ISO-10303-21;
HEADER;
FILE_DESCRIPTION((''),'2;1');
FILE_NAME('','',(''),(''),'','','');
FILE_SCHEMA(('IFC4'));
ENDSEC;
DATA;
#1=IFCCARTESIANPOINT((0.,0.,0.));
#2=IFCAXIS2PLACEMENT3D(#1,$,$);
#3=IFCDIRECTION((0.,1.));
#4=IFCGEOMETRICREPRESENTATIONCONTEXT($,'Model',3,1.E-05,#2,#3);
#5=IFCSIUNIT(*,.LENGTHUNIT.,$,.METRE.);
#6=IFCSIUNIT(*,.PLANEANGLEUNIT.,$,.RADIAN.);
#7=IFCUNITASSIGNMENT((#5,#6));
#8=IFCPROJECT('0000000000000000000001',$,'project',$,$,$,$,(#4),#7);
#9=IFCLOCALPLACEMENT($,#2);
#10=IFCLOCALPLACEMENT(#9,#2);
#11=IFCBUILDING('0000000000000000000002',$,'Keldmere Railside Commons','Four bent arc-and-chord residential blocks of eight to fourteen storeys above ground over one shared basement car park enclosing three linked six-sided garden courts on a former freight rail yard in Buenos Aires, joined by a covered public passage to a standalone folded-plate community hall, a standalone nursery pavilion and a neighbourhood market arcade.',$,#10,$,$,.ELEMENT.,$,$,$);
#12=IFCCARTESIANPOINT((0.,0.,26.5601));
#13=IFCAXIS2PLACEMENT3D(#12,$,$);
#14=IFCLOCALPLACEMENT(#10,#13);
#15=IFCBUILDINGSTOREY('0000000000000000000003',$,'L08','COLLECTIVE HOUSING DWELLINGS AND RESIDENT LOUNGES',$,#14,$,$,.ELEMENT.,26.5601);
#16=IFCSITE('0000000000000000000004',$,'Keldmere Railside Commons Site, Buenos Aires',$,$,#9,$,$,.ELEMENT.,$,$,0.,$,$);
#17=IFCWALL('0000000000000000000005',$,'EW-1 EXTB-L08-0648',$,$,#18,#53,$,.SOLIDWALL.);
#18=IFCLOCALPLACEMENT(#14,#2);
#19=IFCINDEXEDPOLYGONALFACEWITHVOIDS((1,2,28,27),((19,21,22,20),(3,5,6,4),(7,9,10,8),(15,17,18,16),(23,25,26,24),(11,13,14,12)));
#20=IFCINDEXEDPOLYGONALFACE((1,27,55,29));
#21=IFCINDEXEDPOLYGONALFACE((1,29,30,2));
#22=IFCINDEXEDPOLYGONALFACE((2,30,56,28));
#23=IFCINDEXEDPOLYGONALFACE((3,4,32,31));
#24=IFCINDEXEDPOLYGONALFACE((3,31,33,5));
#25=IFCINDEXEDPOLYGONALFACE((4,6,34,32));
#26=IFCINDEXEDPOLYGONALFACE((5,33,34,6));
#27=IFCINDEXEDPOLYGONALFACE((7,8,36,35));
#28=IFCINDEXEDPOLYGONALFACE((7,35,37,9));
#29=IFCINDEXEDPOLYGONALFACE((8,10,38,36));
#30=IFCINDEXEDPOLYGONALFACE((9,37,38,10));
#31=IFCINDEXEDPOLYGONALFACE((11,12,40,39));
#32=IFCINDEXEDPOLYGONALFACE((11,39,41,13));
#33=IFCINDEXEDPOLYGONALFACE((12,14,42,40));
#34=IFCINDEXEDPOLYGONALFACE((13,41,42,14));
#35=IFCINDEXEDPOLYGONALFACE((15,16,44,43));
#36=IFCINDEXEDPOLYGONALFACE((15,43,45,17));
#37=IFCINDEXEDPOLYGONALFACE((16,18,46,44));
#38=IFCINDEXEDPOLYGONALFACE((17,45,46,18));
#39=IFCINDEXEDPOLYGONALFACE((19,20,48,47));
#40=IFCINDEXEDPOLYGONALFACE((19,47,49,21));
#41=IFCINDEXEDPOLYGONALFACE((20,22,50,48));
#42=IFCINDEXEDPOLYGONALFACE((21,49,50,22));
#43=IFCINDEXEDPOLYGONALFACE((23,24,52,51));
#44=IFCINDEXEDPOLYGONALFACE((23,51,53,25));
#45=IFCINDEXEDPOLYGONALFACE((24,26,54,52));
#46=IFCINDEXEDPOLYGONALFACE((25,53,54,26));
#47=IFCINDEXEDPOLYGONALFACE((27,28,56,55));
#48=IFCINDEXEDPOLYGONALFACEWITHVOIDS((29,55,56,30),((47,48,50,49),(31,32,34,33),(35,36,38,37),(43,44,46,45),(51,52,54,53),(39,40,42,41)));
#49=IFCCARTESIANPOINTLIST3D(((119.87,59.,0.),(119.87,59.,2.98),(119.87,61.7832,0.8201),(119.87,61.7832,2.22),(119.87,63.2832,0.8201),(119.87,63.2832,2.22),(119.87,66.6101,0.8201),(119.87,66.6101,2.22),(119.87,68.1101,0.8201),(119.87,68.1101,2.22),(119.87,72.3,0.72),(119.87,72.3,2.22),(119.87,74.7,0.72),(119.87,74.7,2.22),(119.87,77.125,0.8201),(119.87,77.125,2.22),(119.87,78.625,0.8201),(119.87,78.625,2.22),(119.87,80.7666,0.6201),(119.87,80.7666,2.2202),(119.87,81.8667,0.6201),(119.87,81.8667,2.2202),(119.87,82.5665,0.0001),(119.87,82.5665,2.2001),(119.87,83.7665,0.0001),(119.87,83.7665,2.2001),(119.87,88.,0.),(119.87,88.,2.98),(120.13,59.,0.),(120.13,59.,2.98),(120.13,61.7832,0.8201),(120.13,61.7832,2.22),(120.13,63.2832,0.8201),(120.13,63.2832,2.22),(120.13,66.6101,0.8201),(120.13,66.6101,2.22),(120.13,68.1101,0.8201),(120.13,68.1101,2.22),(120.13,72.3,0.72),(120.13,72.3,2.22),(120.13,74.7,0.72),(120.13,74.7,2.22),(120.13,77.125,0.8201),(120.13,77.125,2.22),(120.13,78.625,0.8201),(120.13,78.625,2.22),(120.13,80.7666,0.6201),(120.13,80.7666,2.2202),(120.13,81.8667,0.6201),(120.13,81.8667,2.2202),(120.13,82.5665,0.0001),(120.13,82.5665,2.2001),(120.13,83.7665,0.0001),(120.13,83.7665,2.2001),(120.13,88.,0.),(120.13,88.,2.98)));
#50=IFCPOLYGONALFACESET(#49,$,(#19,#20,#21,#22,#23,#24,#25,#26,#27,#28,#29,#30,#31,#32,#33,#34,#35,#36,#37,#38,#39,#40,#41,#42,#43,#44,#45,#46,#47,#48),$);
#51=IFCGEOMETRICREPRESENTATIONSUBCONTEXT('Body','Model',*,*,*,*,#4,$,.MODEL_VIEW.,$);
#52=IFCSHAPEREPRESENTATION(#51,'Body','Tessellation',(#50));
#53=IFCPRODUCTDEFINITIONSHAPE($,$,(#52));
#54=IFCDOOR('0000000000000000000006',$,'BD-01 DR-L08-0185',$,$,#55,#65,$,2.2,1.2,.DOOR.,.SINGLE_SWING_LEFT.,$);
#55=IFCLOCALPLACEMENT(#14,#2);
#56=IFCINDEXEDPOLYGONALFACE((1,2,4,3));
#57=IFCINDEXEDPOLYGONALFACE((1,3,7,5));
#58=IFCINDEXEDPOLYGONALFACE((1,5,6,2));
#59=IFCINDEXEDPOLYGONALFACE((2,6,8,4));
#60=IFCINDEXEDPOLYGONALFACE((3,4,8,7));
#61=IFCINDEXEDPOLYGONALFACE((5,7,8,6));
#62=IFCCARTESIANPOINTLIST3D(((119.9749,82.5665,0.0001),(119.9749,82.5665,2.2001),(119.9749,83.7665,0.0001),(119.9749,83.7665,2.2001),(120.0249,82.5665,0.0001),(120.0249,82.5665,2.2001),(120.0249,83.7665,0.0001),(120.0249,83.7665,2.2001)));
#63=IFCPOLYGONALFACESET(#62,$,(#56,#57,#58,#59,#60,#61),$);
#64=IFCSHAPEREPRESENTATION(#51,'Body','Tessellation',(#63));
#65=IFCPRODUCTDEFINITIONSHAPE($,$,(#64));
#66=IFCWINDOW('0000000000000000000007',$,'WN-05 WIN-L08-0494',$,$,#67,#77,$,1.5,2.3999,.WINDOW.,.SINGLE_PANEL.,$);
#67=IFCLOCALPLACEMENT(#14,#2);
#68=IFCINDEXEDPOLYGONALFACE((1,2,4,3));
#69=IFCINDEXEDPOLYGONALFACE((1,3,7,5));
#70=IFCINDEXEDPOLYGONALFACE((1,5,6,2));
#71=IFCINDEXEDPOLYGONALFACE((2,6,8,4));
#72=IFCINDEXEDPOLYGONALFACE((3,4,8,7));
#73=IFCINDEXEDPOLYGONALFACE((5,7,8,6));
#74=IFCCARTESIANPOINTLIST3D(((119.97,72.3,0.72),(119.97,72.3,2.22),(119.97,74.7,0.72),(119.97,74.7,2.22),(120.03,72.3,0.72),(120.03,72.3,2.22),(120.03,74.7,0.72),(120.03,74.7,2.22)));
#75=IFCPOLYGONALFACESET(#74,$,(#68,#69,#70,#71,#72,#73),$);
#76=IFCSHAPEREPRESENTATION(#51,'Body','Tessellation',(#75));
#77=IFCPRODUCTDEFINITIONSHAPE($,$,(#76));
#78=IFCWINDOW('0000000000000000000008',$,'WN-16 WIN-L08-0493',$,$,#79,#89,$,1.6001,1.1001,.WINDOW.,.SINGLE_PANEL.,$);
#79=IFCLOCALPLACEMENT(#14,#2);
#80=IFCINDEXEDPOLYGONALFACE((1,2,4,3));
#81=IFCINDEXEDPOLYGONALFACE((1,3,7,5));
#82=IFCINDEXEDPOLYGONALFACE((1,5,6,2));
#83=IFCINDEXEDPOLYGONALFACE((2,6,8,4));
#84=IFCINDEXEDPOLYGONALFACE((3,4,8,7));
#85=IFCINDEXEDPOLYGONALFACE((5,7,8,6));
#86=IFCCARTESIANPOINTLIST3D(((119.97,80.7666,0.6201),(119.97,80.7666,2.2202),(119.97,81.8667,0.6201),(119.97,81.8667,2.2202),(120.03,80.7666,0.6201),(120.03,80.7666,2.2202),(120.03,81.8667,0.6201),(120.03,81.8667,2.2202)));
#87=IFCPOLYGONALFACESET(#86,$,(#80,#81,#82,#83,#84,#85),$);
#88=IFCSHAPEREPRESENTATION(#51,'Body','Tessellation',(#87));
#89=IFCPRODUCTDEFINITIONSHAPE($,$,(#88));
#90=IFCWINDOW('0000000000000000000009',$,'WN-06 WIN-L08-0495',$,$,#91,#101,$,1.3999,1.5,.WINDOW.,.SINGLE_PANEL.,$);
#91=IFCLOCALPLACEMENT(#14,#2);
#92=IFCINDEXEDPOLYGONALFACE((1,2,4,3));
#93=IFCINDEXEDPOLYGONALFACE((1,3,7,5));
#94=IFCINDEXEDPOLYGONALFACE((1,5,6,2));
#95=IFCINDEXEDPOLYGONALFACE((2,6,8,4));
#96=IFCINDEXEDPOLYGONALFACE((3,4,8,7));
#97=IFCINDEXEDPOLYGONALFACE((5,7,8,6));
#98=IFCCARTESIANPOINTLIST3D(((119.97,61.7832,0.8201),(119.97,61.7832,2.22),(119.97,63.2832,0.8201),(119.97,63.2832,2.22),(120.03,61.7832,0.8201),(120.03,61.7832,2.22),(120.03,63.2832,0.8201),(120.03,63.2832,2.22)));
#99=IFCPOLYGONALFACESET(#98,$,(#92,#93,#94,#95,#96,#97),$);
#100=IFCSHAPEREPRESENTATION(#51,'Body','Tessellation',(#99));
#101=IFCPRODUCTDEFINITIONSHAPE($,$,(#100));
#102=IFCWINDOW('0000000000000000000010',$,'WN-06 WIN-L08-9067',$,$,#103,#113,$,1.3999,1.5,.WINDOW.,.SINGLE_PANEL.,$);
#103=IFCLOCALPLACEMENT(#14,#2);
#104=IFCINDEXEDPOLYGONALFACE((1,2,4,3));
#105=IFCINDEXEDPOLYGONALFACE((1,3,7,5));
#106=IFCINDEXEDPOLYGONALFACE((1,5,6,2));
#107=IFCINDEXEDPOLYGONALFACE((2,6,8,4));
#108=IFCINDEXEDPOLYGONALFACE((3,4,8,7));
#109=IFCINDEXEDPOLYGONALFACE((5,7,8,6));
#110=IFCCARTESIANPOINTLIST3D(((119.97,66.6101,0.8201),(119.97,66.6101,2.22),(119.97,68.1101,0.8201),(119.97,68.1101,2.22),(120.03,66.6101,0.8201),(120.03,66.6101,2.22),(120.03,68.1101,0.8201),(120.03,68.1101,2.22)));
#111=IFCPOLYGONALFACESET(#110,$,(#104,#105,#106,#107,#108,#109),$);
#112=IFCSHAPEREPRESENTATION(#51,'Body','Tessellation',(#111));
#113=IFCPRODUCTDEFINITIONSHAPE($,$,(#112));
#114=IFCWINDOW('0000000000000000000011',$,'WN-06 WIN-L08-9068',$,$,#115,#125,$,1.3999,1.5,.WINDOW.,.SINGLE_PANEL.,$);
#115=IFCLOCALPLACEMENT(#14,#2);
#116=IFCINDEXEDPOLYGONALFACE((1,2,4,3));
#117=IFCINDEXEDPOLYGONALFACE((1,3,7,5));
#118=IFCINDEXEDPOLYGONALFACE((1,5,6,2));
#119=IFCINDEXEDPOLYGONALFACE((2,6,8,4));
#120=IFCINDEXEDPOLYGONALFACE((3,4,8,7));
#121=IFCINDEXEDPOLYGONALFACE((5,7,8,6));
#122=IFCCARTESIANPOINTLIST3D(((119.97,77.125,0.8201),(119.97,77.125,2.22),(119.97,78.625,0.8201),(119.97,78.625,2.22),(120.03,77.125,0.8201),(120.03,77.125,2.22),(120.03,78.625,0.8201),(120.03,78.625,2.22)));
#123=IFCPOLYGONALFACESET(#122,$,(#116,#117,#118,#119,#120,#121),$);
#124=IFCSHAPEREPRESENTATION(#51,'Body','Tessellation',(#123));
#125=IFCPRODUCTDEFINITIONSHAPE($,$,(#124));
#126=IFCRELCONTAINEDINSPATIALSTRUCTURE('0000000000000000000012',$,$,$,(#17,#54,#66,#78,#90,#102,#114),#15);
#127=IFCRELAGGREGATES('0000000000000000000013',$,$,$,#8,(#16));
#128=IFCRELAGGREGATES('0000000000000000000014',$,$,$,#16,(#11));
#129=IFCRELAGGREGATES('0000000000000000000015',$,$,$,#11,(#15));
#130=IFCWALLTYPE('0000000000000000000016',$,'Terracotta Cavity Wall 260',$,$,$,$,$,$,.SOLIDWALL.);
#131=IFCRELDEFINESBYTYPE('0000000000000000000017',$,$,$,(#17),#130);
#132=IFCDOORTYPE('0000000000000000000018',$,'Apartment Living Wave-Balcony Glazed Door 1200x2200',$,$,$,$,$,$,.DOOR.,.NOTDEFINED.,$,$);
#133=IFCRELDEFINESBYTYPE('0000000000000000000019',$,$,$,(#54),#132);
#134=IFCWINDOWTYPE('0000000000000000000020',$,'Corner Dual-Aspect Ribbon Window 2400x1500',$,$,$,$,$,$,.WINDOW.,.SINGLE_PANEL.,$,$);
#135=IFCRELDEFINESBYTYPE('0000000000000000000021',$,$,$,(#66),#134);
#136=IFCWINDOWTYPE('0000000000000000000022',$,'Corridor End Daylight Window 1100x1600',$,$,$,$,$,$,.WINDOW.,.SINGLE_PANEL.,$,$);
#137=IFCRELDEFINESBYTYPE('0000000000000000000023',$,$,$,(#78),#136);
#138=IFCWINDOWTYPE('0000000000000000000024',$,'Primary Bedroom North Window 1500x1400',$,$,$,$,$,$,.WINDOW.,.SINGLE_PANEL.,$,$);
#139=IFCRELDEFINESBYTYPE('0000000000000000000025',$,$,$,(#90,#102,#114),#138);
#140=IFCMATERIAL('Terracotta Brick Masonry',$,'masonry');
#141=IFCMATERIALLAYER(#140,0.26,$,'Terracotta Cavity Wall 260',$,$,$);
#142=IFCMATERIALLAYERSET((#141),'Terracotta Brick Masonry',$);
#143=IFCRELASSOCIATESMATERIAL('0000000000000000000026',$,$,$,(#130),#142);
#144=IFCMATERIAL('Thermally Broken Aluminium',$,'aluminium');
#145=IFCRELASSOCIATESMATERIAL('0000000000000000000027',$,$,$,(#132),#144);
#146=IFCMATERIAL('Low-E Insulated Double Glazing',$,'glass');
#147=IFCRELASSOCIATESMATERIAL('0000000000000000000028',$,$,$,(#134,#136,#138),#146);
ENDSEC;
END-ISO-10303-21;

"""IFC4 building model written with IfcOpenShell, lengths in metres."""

from ifc_helpers import new_model, si_unit, direction, frame, frame_2d, origin, place, context, subcontext, project, spatial, rectangle, extrude, material, layer, layer_set, type_object, element, fill, save


model = new_model("IFC4")

# Units and contexts
model_context = context("Model", 3, precision=1e-05, world=origin(), true_north=direction((0.0, 1.0)))
body_context = subcontext(model_context, "Body", "Model", "MODEL_VIEW")
ifc_project = project(units=[si_unit("LENGTHUNIT", "METRE"), si_unit("PLANEANGLEUNIT", "RADIAN")], contexts=[model_context])

# Site, building, storey
site_placement = place(None, origin())
site = spatial("IfcSite", under=ifc_project, at=site_placement, Name="Keldmere Railside Commons Site, Buenos Aires", CompositionType="ELEMENT", RefElevation=0.0)
building_placement = place(site_placement, origin())
building = spatial("IfcBuilding", under=site, at=building_placement, Name="Keldmere Railside Commons", Description="Four bent arc-and-chord residential blocks of eight to fourteen storeys above ground over one shared basement car park enclosing three linked six-sided garden courts on a former freight rail yard in Buenos Aires, joined by a covered public passage to a standalone folded-plate community hall, a standalone nursery pavilion and a neighbourhood market arcade.", CompositionType="ELEMENT")
storey_placement = place(building_placement, frame((0.0, 0.0, 26.5601)))
storey = spatial("IfcBuildingStorey", under=building, at=storey_placement, Name="L08", Description="COLLECTIVE HOUSING DWELLINGS AND RESIDENT LOUNGES", CompositionType="ELEMENT", Elevation=26.5601)

# Shared definitions
ifc_material_1 = material(Name="Thermally Broken Aluminium", Category="aluminium")
ifc_material_2 = material(Name="Low-E Insulated Double Glazing", Category="glass")

# Wall, openings, door, windows
ifc_material_3 = material(Name="Terracotta Brick Masonry", Category="masonry")
ifc_layer_1 = layer(ifc_material_3, 0.26, Name="Terracotta Cavity Wall 260")
ifc_layer_set_1 = layer_set([ifc_layer_1], Name="Terracotta Brick Masonry")
wall_type_1 = type_object("IfcWallType", Name="Terracotta Cavity Wall 260", PredefinedType="SOLIDWALL", material=ifc_layer_set_1)
wall_1_placement = place(storey_placement, frame((120.0, 88.0, 0.0), z_axis=(0.0, 0.0, 1.0), x_axis=(0.0, -1.0, 0.0)))
wall_1 = element("IfcWall", 1, at=wall_1_placement, inside=storey, type_object=wall_type_1, Name="EW-1 EXTB-L08-0648", PredefinedType="SOLIDWALL", context=body_context, shape_type="SweptSolid", body=[
    extrude(rectangle(XDim=29.0, YDim=0.26, at=frame_2d((14.5, 0.0))), origin(), (0.0, 0.0, 1.0), 2.98),
])
opening_1_placement = place(wall_1_placement, frame((4.2334, 0.0, 0.0)))
opening_1 = element("IfcOpeningElement", 2, at=opening_1_placement, cuts=wall_1, PredefinedType="OPENING", context=body_context, shape_type="SweptSolid", body=[
    extrude(rectangle(XDim=1.2, YDim=2.2, at=frame_2d((0.6001, 1.1001))), frame((0.0, 0.1399, 0.0), z_axis=(0.0, -1.0, 0.0), x_axis=(1.0, 0.0, 0.0)), (0.0, 0.0, 1.0), 0.28),
])
opening_2_placement = place(wall_1_placement, frame((6.1333, 0.0, 0.6201)))
opening_2 = element("IfcOpeningElement", 3, at=opening_2_placement, cuts=wall_1, PredefinedType="OPENING", context=body_context, shape_type="SweptSolid", body=[
    extrude(rectangle(XDim=1.1001, YDim=1.6001, at=frame_2d((0.55, 0.8))), frame((0.0, 0.1399, 0.0), z_axis=(0.0, -1.0, 0.0), x_axis=(1.0, 0.0, 0.0)), (0.0, 0.0, 1.0), 0.28),
])
opening_3_placement = place(wall_1_placement, frame((13.3, 0.0, 0.72)))
opening_3 = element("IfcOpeningElement", 4, at=opening_3_placement, cuts=wall_1, PredefinedType="OPENING", context=body_context, shape_type="SweptSolid", body=[
    extrude(rectangle(XDim=2.3999, YDim=1.5, at=frame_2d((1.2, 0.75))), frame((0.0, 0.1399, 0.0), z_axis=(0.0, -1.0, 0.0), x_axis=(1.0, 0.0, 0.0)), (0.0, 0.0, 1.0), 0.28),
])
opening_4_placement = place(wall_1_placement, frame((24.7168, 0.0, 0.8201)))
opening_4 = element("IfcOpeningElement", 5, at=opening_4_placement, cuts=wall_1, PredefinedType="OPENING", context=body_context, shape_type="SweptSolid", body=[
    extrude(rectangle(XDim=1.5, YDim=1.3999, at=frame_2d((0.75, 0.7))), frame((0.0, 0.1399, 0.0), z_axis=(0.0, -1.0, 0.0), x_axis=(1.0, 0.0, 0.0)), (0.0, 0.0, 1.0), 0.28),
])
opening_5_placement = place(wall_1_placement, frame((19.8899, 0.0, 0.8201)))
opening_5 = element("IfcOpeningElement", 6, at=opening_5_placement, cuts=wall_1, PredefinedType="OPENING", context=body_context, shape_type="SweptSolid", body=[
    extrude(rectangle(XDim=1.5, YDim=1.3999, at=frame_2d((0.75, 0.7))), frame((0.0, 0.1399, 0.0), z_axis=(0.0, -1.0, 0.0), x_axis=(1.0, 0.0, 0.0)), (0.0, 0.0, 1.0), 0.28),
])
opening_6_placement = place(wall_1_placement, frame((9.375, 0.0, 0.8201)))
opening_6 = element("IfcOpeningElement", 7, at=opening_6_placement, cuts=wall_1, PredefinedType="OPENING", context=body_context, shape_type="SweptSolid", body=[
    extrude(rectangle(XDim=1.5, YDim=1.3999, at=frame_2d((0.75, 0.7))), frame((0.0, 0.1399, 0.0), z_axis=(0.0, -1.0, 0.0), x_axis=(1.0, 0.0, 0.0)), (0.0, 0.0, 1.0), 0.28),
])
door_type_1 = type_object("IfcDoorType", Name="Apartment Living Wave-Balcony Glazed Door 1200x2200", OperationType="NOTDEFINED", PredefinedType="DOOR", material=ifc_material_1)
door_1_placement = place(opening_1_placement, origin())
door_1 = element("IfcDoor", 8, at=door_1_placement, inside=storey, type_object=door_type_1, Name="BD-01 DR-L08-0185", OperationType="SINGLE_SWING_LEFT", OverallHeight=2.2, OverallWidth=1.2, PredefinedType="DOOR", context=body_context, shape_type="SweptSolid", body=[
    extrude(rectangle(XDim=1.2, YDim=2.2, at=frame_2d((0.6001, 1.1001))), frame((0.0, 0.0249, 0.0), z_axis=(0.0, -1.0, 0.0), x_axis=(1.0, 0.0, 0.0)), (0.0, 0.0, 1.0), 0.05),
])
fill(opening_1, door_1)
window_type_1 = type_object("IfcWindowType", Name="Corner Dual-Aspect Ribbon Window 2400x1500", PartitioningType="SINGLE_PANEL", PredefinedType="WINDOW", material=ifc_material_2)
window_1_placement = place(opening_3_placement, origin())
window_1 = element("IfcWindow", 9, at=window_1_placement, inside=storey, type_object=window_type_1, Name="WN-05 WIN-L08-0494", OverallHeight=1.5, OverallWidth=2.3999, PartitioningType="SINGLE_PANEL", PredefinedType="WINDOW", context=body_context, shape_type="SweptSolid", body=[
    extrude(rectangle(XDim=2.3999, YDim=1.5, at=frame_2d((1.2, 0.75))), frame((0.0, 0.03, 0.0), z_axis=(0.0, -1.0, 0.0), x_axis=(1.0, 0.0, 0.0)), (0.0, 0.0, 1.0), 0.0601),
])
fill(opening_3, window_1)
window_type_2 = type_object("IfcWindowType", Name="Corridor End Daylight Window 1100x1600", PartitioningType="SINGLE_PANEL", PredefinedType="WINDOW", material=ifc_material_2)
window_2_placement = place(opening_2_placement, origin())
window_2 = element("IfcWindow", 10, at=window_2_placement, inside=storey, type_object=window_type_2, Name="WN-16 WIN-L08-0493", OverallHeight=1.6001, OverallWidth=1.1001, PartitioningType="SINGLE_PANEL", PredefinedType="WINDOW", context=body_context, shape_type="SweptSolid", body=[
    extrude(rectangle(XDim=1.1001, YDim=1.6001, at=frame_2d((0.55, 0.8))), frame((0.0, 0.03, 0.0), z_axis=(0.0, -1.0, 0.0), x_axis=(1.0, 0.0, 0.0)), (0.0, 0.0, 1.0), 0.0601),
])
fill(opening_2, window_2)
window_type_3 = type_object("IfcWindowType", Name="Primary Bedroom North Window 1500x1400", PartitioningType="SINGLE_PANEL", PredefinedType="WINDOW", material=ifc_material_2)
window_3_placement = place(opening_4_placement, origin())
window_3 = element("IfcWindow", 11, at=window_3_placement, inside=storey, type_object=window_type_3, Name="WN-06 WIN-L08-0495", OverallHeight=1.3999, OverallWidth=1.5, PartitioningType="SINGLE_PANEL", PredefinedType="WINDOW", context=body_context, shape_type="SweptSolid", body=[
    extrude(rectangle(XDim=1.5, YDim=1.3999, at=frame_2d((0.75, 0.7))), frame((0.0, 0.03, 0.0), z_axis=(0.0, -1.0, 0.0), x_axis=(1.0, 0.0, 0.0)), (0.0, 0.0, 1.0), 0.0601),
])
fill(opening_4, window_3)
window_4_placement = place(opening_5_placement, origin())
window_4 = element("IfcWindow", 12, at=window_4_placement, inside=storey, type_object=window_type_3, Name="WN-06 WIN-L08-9067", OverallHeight=1.3999, OverallWidth=1.5, PartitioningType="SINGLE_PANEL", PredefinedType="WINDOW", context=body_context, shape_type="SweptSolid", body=[
    extrude(rectangle(XDim=1.5, YDim=1.3999, at=frame_2d((0.75, 0.7))), frame((0.0, 0.03, 0.0), z_axis=(0.0, -1.0, 0.0), x_axis=(1.0, 0.0, 0.0)), (0.0, 0.0, 1.0), 0.0601),
])
fill(opening_5, window_4)
window_5_placement = place(opening_6_placement, origin())
window_5 = element("IfcWindow", 13, at=window_5_placement, inside=storey, type_object=window_type_3, Name="WN-06 WIN-L08-9068", OverallHeight=1.3999, OverallWidth=1.5, PartitioningType="SINGLE_PANEL", PredefinedType="WINDOW", context=body_context, shape_type="SweptSolid", body=[
    extrude(rectangle(XDim=1.5, YDim=1.3999, at=frame_2d((0.75, 0.7))), frame((0.0, 0.03, 0.0), z_axis=(0.0, -1.0, 0.0), x_axis=(1.0, 0.0, 0.0)), (0.0, 0.0, 1.0), 0.0601),
])
fill(opening_6, window_5)

save(model, "model.ifc")
